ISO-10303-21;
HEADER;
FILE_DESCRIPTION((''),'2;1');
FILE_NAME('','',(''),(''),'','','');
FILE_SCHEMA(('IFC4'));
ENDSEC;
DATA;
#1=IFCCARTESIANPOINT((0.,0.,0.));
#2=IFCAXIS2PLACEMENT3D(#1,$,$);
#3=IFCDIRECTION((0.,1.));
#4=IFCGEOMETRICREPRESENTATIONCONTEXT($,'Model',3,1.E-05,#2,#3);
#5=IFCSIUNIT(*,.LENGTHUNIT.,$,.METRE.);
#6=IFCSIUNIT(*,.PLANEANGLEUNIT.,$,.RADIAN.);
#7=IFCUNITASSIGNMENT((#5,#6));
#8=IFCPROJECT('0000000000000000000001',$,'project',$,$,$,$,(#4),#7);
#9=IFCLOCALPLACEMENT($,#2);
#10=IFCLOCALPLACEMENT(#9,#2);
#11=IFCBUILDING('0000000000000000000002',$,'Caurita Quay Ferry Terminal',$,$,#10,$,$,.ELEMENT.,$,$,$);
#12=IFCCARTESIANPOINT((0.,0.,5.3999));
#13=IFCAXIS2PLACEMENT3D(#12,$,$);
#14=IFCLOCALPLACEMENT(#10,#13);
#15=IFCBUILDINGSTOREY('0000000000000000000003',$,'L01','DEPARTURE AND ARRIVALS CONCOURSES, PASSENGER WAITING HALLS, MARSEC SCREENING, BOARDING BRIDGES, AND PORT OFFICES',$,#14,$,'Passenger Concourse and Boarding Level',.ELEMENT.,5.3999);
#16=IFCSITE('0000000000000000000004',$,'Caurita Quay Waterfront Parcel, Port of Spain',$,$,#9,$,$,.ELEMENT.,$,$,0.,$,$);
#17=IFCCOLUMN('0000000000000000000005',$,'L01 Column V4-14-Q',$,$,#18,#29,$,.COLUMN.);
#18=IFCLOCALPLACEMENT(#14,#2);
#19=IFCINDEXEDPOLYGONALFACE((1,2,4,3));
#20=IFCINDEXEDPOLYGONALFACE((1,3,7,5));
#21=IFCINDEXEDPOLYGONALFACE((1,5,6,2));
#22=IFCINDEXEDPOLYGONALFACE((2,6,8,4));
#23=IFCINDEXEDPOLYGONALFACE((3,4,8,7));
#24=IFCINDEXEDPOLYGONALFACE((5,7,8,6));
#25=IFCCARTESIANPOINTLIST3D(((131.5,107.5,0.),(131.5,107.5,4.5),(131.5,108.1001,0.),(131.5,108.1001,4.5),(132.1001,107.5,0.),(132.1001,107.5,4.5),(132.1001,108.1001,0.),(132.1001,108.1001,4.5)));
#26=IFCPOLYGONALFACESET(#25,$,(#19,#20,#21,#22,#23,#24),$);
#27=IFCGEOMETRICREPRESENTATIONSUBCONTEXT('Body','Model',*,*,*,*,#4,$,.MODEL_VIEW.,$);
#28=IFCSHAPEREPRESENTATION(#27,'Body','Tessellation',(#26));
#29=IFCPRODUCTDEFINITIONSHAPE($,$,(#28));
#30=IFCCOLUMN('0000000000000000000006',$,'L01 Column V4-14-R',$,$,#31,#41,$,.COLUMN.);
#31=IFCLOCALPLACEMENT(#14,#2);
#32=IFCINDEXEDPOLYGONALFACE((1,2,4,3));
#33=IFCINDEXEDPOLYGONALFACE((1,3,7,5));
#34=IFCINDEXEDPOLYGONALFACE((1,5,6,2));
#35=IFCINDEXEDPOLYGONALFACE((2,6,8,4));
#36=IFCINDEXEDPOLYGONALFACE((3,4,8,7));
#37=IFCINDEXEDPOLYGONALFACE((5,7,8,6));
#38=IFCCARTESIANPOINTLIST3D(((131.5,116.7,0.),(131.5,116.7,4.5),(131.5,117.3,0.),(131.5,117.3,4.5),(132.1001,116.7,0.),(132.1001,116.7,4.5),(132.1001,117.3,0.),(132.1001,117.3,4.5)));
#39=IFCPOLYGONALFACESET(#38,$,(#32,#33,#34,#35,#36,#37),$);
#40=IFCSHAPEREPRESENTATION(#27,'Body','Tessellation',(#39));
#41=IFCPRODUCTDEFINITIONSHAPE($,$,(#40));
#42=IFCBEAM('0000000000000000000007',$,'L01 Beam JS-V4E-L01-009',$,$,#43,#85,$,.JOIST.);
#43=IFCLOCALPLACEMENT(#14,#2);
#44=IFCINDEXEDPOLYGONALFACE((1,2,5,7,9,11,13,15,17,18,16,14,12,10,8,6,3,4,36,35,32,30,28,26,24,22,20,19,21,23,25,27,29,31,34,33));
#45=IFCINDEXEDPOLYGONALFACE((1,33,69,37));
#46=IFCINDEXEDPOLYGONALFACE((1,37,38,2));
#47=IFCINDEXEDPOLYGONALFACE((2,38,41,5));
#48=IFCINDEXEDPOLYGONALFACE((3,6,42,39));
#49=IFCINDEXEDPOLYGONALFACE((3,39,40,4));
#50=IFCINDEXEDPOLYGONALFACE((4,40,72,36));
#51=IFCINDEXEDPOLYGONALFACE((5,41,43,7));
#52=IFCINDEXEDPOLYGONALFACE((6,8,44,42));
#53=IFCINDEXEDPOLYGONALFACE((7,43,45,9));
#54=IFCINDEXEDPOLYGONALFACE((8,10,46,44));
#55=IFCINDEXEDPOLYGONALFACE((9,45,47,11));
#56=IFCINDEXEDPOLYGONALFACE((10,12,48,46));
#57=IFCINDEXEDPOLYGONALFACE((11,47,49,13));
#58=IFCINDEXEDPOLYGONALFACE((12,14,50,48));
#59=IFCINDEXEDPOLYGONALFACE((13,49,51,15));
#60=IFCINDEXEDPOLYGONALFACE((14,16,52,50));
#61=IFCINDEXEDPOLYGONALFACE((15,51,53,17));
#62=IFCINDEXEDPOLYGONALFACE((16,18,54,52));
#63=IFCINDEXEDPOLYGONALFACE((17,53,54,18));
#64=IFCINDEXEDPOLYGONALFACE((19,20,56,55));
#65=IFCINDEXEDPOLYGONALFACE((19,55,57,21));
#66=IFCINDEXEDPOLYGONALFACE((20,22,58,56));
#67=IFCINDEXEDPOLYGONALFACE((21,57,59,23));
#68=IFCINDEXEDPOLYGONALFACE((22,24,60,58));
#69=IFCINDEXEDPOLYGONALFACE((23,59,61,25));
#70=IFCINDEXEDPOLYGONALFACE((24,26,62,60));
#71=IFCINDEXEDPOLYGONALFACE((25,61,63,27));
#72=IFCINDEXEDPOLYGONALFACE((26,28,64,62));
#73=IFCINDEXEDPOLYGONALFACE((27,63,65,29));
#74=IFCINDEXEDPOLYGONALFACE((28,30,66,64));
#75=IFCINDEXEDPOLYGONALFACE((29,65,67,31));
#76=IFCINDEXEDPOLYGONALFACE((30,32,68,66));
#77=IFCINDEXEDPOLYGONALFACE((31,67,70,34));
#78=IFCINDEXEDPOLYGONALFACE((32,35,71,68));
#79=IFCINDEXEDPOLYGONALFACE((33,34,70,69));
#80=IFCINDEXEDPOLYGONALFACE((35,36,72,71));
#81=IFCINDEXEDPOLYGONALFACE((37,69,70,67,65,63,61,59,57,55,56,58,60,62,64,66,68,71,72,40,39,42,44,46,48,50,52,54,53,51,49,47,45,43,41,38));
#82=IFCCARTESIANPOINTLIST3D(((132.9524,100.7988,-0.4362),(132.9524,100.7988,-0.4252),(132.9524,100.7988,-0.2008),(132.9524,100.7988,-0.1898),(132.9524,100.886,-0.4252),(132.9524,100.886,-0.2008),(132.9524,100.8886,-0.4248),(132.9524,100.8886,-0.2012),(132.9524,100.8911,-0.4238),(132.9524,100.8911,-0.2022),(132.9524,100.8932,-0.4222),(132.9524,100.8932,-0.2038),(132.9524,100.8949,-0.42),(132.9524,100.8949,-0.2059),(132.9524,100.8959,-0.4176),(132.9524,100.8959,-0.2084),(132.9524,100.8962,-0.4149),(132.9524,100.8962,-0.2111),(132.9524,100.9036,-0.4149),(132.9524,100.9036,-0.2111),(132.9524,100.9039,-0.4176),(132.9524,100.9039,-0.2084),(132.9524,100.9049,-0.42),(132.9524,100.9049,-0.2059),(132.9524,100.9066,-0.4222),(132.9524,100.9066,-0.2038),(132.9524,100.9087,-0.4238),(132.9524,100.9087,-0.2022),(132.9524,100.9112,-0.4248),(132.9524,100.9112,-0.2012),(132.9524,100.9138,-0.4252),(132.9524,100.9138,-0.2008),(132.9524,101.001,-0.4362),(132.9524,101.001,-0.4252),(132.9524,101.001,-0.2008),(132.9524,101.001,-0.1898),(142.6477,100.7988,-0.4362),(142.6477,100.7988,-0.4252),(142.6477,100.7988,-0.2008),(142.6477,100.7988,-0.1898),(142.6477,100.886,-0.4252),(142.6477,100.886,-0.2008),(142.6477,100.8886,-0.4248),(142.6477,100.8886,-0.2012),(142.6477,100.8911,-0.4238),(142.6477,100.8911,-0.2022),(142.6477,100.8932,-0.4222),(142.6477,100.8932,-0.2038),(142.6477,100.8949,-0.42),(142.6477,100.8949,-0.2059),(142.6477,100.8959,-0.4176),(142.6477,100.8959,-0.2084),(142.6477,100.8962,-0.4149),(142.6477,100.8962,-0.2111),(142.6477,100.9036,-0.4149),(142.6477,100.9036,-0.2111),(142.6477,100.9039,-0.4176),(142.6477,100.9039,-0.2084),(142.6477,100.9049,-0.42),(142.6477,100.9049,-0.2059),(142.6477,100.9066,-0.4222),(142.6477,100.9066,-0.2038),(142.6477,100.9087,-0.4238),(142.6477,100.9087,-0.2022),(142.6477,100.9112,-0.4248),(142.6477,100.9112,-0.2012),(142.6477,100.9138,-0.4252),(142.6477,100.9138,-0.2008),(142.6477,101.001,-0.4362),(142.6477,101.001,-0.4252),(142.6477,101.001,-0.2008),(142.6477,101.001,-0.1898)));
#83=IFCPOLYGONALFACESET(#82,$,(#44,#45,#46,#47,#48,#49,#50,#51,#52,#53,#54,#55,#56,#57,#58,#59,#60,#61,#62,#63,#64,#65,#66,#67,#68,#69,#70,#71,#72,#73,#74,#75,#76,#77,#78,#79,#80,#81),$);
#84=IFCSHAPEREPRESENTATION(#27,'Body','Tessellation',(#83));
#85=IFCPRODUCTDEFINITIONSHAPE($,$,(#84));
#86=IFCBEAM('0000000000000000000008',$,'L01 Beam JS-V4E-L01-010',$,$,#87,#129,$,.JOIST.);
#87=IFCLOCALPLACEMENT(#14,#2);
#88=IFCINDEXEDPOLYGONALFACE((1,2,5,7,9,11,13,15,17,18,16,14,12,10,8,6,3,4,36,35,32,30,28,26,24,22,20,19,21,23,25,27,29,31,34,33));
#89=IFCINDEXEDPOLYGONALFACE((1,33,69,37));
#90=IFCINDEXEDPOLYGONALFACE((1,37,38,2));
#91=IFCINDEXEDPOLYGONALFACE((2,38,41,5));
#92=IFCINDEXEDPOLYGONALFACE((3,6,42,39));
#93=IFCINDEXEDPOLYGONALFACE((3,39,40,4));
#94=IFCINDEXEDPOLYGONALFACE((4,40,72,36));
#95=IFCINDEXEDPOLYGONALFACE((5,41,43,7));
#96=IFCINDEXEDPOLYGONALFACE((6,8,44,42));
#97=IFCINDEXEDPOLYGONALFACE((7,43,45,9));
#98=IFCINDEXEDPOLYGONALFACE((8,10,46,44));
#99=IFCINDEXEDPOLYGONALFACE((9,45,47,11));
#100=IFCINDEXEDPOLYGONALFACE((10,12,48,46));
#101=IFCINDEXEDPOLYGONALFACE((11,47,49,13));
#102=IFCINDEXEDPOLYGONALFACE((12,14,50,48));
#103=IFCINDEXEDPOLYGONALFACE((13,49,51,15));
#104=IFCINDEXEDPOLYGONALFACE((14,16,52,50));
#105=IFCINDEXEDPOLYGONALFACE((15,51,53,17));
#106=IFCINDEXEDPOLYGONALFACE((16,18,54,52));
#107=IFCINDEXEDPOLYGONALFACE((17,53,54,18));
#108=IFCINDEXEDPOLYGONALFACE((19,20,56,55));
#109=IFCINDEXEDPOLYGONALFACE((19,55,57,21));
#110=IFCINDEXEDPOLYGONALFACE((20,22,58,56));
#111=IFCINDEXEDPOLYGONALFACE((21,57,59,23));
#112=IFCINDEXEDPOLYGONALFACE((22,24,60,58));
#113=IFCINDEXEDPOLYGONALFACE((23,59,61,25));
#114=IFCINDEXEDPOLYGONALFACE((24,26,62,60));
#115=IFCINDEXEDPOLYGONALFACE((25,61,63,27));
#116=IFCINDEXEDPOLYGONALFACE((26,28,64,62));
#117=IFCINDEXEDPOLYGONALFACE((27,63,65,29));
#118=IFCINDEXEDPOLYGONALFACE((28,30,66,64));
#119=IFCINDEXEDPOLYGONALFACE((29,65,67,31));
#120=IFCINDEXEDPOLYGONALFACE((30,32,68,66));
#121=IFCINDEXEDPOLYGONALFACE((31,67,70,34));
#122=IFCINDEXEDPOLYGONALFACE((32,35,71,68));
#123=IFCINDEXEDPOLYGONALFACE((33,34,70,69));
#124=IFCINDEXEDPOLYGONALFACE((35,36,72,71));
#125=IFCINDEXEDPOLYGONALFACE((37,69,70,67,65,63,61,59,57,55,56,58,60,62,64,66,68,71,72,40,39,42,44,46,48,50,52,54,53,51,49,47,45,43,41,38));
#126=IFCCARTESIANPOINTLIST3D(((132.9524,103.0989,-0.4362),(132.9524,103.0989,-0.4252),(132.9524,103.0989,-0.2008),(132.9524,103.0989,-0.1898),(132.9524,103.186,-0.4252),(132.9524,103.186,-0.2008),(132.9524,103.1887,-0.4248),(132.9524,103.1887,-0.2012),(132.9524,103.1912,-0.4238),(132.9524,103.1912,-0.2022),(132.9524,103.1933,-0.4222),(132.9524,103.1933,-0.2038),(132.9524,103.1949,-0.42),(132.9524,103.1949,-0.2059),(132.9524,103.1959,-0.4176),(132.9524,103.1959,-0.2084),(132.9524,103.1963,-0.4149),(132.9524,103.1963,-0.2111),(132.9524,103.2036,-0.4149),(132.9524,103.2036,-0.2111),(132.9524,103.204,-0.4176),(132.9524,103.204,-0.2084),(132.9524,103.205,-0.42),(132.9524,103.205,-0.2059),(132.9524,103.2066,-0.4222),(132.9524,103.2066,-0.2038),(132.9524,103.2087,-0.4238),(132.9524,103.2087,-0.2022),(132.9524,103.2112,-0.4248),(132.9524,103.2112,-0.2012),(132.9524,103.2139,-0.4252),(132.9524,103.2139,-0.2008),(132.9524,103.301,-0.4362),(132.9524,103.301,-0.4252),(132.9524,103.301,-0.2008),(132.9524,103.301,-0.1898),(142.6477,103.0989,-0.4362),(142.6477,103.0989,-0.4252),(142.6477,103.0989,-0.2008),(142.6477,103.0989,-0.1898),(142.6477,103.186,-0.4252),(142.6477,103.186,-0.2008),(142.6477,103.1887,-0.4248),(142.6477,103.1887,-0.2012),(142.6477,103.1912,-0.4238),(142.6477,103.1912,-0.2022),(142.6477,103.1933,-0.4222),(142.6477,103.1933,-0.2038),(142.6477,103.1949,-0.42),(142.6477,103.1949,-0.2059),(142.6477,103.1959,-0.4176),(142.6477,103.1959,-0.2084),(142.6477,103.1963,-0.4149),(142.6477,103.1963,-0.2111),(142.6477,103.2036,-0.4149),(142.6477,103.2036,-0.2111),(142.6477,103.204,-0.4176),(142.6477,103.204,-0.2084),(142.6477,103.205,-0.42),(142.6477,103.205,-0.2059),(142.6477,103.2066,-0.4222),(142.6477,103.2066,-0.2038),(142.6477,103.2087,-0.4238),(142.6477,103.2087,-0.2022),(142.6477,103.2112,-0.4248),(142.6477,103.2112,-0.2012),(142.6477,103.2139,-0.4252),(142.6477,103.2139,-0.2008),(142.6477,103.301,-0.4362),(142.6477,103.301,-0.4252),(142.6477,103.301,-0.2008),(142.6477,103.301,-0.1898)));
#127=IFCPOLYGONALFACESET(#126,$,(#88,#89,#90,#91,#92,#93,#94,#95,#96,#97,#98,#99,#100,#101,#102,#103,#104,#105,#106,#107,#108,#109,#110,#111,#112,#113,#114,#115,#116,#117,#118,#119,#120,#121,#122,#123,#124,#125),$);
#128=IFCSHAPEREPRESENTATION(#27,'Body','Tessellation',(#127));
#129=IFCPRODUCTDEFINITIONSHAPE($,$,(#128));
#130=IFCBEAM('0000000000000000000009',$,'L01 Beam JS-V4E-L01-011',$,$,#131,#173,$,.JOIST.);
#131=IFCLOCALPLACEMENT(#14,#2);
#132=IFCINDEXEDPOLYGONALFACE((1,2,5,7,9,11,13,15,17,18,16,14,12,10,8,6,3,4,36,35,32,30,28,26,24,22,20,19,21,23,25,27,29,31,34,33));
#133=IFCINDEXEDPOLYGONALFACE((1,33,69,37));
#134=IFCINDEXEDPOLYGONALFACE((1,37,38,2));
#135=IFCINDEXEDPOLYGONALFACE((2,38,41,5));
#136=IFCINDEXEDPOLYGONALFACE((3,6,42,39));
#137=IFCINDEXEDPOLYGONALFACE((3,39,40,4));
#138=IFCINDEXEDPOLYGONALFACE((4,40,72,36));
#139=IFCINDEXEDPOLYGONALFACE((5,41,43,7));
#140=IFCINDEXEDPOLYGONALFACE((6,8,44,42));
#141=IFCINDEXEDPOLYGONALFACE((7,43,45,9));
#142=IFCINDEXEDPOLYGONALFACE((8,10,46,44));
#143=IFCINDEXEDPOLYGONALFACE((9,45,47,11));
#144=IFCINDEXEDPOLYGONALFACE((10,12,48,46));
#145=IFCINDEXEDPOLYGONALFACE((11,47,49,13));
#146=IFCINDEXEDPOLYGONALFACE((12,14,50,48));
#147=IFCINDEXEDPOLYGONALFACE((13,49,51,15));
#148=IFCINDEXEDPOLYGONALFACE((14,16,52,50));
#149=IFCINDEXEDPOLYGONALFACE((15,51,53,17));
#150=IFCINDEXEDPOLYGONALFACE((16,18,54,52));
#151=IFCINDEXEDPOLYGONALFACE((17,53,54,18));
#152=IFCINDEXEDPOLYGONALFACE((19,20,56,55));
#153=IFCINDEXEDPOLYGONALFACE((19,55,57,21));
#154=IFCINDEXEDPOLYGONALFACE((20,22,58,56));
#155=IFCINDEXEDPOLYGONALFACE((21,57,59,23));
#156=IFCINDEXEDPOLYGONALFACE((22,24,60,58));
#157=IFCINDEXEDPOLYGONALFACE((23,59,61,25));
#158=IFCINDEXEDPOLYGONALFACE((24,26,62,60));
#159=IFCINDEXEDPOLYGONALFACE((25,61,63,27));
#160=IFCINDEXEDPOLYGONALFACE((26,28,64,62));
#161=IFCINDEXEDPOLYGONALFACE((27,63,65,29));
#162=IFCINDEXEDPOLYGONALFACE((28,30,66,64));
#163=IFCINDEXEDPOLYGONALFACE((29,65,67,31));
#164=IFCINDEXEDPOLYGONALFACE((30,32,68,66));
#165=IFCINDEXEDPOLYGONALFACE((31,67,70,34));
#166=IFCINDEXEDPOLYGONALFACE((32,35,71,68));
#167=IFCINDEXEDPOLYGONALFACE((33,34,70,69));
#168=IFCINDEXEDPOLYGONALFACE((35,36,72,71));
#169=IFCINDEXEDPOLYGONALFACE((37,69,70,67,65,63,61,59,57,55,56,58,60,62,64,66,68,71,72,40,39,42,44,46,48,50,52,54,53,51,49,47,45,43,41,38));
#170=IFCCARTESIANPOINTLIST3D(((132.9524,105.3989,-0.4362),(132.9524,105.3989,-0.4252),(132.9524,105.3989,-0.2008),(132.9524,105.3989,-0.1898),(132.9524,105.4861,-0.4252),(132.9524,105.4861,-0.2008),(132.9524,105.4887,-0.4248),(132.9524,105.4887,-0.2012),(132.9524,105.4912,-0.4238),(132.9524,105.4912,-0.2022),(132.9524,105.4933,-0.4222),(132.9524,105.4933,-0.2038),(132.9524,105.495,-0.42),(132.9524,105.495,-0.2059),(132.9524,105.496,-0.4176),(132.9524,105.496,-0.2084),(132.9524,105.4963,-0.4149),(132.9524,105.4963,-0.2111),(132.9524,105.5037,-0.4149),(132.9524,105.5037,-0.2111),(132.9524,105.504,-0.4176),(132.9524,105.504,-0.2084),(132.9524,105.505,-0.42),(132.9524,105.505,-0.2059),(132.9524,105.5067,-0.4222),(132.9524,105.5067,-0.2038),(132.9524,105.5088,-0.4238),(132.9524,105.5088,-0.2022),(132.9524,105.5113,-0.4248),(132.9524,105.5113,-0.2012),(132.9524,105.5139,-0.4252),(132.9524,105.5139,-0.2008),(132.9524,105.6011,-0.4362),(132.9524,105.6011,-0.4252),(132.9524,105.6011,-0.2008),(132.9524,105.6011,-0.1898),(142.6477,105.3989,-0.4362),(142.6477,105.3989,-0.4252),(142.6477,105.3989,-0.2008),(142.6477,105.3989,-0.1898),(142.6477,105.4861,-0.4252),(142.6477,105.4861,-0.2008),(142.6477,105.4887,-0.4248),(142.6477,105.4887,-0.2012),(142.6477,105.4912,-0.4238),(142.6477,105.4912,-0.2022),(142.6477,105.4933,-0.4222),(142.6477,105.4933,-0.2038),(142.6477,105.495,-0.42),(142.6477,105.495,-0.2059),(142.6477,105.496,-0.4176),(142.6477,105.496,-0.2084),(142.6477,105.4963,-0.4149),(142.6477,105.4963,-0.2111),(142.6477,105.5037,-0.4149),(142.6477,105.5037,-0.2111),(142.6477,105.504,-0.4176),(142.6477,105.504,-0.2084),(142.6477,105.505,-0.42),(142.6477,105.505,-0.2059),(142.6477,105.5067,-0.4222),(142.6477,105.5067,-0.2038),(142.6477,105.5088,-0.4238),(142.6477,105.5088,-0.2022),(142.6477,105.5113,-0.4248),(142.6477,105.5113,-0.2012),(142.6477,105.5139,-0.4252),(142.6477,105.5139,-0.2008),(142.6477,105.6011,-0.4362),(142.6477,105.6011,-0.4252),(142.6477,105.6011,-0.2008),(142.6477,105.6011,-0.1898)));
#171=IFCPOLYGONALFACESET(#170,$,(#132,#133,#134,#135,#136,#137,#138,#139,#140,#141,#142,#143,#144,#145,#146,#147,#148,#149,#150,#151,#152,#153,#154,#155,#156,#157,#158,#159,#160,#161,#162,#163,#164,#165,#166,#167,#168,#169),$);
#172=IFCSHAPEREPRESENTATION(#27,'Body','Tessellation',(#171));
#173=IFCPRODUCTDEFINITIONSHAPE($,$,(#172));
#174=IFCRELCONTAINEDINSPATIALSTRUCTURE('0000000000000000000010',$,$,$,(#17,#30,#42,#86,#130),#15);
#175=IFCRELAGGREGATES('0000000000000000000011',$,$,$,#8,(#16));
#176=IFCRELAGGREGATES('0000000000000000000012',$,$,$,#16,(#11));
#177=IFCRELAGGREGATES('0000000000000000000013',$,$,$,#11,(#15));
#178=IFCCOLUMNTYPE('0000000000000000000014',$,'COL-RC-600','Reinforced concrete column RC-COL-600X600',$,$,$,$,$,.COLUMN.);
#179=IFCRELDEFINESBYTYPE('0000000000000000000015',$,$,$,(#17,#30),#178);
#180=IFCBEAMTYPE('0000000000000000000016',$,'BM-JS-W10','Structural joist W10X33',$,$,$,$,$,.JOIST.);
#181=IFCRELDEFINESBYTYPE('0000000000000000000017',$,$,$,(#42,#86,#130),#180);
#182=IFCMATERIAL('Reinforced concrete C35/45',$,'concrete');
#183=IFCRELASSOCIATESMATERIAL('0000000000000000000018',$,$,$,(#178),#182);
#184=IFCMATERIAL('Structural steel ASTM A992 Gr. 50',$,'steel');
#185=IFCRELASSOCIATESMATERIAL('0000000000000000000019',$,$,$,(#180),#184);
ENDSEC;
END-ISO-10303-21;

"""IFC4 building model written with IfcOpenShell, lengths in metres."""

from ifc_helpers import new_model, si_unit, direction, frame, origin, origin_2d, place, context, subcontext, project, spatial, rectangle, i_section, extrude, material, material_profile, profile_set, type_object, element, save


model = new_model("IFC4")

# Units and contexts
model_context = context("Model", 3, precision=1e-05, world=origin(), true_north=direction((0.0, 1.0)))
body_context = subcontext(model_context, "Body", "Model", "MODEL_VIEW")
ifc_project = project(units=[si_unit("LENGTHUNIT", "METRE"), si_unit("PLANEANGLEUNIT", "RADIAN")], contexts=[model_context])

# Site, building, storey
site_placement = place(None, origin())
site = spatial("IfcSite", under=ifc_project, at=site_placement, Name="Caurita Quay Waterfront Parcel, Port of Spain", CompositionType="ELEMENT", RefElevation=0.0)
building_placement = place(site_placement, origin())
building = spatial("IfcBuilding", under=site, at=building_placement, Name="Caurita Quay Ferry Terminal", CompositionType="ELEMENT")
storey_placement = place(building_placement, frame((0.0, 0.0, 5.3999)))
storey = spatial("IfcBuildingStorey", under=building, at=storey_placement, Name="L01", Description="DEPARTURE AND ARRIVALS CONCOURSES, PASSENGER WAITING HALLS, MARSEC SCREENING, BOARDING BRIDGES, AND PORT OFFICES", LongName="Passenger Concourse and Boarding Level", CompositionType="ELEMENT", Elevation=5.3999)

# Columns
ifc_material_1 = material(Name="Reinforced concrete C35/45", Category="concrete")
ifc_material_profile_1 = material_profile(ifc_material_1, rectangle(XDim=0.6001, YDim=0.6001, at=origin_2d()), Name="RC-COL-600X600")
ifc_profile_set_1 = profile_set([ifc_material_profile_1], Name="Reinforced concrete C35/45")
column_type = type_object("IfcColumnType", Name="COL-RC-600", Description="Reinforced concrete column RC-COL-600X600", PredefinedType="COLUMN", material=ifc_profile_set_1)
for number, where, z_axis, x_axis, name in (
    (1, (131.8, 107.8, 0.0), (0.0, 0.0, 1.0), (1.0, 0.0, 0.0), "L01 Column V4-14-Q"),
    (2, (131.8, 117.0, 0.0), (0.0, 0.0, 1.0), (1.0, 0.0, 0.0), "L01 Column V4-14-R"),
):
    element("IfcColumn", number, at=place(storey_placement, frame(where, z_axis=z_axis, x_axis=x_axis)), inside=storey, type_object=column_type, Name=name, PredefinedType="COLUMN", context=body_context, shape_type="SweptSolid", body=[
        extrude(rectangle(XDim=0.6001, YDim=0.6001, at=origin_2d()), origin(), (0.0, 0.0, 1.0), 4.5),
    ])

# Beams
ifc_material_2 = material(Name="Structural steel ASTM A992 Gr. 50", Category="steel")
ifc_material_profile_2 = material_profile(ifc_material_2, i_section(OverallWidth=0.2021, OverallDepth=0.2463, WebThickness=0.0073, FlangeThickness=0.011, FilletRadius=0.0103, at=origin_2d()), Name="W10X33")
ifc_profile_set_2 = profile_set([ifc_material_profile_2], Name="Structural steel ASTM A992 Gr. 50")
beam_type_1 = type_object("IfcBeamType", Name="BM-JS-W10", Description="Structural joist W10X33", PredefinedType="JOIST", material=ifc_profile_set_2)
for number, where, z_axis, x_axis, name in (
    (3, (132.9524, 100.8999, -0.313), (1.0, 0.0, 0.0), (0.0, 1.0, 0.0), "L01 Beam JS-V4E-L01-009"),
    (4, (132.9524, 103.2, -0.313), (1.0, 0.0, 0.0), (0.0, 1.0, 0.0), "L01 Beam JS-V4E-L01-010"),
    (5, (132.9524, 105.5, -0.313), (1.0, 0.0, 0.0), (0.0, 1.0, 0.0), "L01 Beam JS-V4E-L01-011"),
):
    element("IfcBeam", number, at=place(storey_placement, frame(where, z_axis=z_axis, x_axis=x_axis)), inside=storey, type_object=beam_type_1, Name=name, PredefinedType="JOIST", context=body_context, shape_type="SweptSolid", body=[
        extrude(i_section(OverallWidth=0.2021, OverallDepth=0.2463, WebThickness=0.0073, FlangeThickness=0.011, FilletRadius=0.0103, at=origin_2d()), origin(), (0.0, 0.0, 1.0), 9.6953),
    ])

save(model, "model.ifc")
